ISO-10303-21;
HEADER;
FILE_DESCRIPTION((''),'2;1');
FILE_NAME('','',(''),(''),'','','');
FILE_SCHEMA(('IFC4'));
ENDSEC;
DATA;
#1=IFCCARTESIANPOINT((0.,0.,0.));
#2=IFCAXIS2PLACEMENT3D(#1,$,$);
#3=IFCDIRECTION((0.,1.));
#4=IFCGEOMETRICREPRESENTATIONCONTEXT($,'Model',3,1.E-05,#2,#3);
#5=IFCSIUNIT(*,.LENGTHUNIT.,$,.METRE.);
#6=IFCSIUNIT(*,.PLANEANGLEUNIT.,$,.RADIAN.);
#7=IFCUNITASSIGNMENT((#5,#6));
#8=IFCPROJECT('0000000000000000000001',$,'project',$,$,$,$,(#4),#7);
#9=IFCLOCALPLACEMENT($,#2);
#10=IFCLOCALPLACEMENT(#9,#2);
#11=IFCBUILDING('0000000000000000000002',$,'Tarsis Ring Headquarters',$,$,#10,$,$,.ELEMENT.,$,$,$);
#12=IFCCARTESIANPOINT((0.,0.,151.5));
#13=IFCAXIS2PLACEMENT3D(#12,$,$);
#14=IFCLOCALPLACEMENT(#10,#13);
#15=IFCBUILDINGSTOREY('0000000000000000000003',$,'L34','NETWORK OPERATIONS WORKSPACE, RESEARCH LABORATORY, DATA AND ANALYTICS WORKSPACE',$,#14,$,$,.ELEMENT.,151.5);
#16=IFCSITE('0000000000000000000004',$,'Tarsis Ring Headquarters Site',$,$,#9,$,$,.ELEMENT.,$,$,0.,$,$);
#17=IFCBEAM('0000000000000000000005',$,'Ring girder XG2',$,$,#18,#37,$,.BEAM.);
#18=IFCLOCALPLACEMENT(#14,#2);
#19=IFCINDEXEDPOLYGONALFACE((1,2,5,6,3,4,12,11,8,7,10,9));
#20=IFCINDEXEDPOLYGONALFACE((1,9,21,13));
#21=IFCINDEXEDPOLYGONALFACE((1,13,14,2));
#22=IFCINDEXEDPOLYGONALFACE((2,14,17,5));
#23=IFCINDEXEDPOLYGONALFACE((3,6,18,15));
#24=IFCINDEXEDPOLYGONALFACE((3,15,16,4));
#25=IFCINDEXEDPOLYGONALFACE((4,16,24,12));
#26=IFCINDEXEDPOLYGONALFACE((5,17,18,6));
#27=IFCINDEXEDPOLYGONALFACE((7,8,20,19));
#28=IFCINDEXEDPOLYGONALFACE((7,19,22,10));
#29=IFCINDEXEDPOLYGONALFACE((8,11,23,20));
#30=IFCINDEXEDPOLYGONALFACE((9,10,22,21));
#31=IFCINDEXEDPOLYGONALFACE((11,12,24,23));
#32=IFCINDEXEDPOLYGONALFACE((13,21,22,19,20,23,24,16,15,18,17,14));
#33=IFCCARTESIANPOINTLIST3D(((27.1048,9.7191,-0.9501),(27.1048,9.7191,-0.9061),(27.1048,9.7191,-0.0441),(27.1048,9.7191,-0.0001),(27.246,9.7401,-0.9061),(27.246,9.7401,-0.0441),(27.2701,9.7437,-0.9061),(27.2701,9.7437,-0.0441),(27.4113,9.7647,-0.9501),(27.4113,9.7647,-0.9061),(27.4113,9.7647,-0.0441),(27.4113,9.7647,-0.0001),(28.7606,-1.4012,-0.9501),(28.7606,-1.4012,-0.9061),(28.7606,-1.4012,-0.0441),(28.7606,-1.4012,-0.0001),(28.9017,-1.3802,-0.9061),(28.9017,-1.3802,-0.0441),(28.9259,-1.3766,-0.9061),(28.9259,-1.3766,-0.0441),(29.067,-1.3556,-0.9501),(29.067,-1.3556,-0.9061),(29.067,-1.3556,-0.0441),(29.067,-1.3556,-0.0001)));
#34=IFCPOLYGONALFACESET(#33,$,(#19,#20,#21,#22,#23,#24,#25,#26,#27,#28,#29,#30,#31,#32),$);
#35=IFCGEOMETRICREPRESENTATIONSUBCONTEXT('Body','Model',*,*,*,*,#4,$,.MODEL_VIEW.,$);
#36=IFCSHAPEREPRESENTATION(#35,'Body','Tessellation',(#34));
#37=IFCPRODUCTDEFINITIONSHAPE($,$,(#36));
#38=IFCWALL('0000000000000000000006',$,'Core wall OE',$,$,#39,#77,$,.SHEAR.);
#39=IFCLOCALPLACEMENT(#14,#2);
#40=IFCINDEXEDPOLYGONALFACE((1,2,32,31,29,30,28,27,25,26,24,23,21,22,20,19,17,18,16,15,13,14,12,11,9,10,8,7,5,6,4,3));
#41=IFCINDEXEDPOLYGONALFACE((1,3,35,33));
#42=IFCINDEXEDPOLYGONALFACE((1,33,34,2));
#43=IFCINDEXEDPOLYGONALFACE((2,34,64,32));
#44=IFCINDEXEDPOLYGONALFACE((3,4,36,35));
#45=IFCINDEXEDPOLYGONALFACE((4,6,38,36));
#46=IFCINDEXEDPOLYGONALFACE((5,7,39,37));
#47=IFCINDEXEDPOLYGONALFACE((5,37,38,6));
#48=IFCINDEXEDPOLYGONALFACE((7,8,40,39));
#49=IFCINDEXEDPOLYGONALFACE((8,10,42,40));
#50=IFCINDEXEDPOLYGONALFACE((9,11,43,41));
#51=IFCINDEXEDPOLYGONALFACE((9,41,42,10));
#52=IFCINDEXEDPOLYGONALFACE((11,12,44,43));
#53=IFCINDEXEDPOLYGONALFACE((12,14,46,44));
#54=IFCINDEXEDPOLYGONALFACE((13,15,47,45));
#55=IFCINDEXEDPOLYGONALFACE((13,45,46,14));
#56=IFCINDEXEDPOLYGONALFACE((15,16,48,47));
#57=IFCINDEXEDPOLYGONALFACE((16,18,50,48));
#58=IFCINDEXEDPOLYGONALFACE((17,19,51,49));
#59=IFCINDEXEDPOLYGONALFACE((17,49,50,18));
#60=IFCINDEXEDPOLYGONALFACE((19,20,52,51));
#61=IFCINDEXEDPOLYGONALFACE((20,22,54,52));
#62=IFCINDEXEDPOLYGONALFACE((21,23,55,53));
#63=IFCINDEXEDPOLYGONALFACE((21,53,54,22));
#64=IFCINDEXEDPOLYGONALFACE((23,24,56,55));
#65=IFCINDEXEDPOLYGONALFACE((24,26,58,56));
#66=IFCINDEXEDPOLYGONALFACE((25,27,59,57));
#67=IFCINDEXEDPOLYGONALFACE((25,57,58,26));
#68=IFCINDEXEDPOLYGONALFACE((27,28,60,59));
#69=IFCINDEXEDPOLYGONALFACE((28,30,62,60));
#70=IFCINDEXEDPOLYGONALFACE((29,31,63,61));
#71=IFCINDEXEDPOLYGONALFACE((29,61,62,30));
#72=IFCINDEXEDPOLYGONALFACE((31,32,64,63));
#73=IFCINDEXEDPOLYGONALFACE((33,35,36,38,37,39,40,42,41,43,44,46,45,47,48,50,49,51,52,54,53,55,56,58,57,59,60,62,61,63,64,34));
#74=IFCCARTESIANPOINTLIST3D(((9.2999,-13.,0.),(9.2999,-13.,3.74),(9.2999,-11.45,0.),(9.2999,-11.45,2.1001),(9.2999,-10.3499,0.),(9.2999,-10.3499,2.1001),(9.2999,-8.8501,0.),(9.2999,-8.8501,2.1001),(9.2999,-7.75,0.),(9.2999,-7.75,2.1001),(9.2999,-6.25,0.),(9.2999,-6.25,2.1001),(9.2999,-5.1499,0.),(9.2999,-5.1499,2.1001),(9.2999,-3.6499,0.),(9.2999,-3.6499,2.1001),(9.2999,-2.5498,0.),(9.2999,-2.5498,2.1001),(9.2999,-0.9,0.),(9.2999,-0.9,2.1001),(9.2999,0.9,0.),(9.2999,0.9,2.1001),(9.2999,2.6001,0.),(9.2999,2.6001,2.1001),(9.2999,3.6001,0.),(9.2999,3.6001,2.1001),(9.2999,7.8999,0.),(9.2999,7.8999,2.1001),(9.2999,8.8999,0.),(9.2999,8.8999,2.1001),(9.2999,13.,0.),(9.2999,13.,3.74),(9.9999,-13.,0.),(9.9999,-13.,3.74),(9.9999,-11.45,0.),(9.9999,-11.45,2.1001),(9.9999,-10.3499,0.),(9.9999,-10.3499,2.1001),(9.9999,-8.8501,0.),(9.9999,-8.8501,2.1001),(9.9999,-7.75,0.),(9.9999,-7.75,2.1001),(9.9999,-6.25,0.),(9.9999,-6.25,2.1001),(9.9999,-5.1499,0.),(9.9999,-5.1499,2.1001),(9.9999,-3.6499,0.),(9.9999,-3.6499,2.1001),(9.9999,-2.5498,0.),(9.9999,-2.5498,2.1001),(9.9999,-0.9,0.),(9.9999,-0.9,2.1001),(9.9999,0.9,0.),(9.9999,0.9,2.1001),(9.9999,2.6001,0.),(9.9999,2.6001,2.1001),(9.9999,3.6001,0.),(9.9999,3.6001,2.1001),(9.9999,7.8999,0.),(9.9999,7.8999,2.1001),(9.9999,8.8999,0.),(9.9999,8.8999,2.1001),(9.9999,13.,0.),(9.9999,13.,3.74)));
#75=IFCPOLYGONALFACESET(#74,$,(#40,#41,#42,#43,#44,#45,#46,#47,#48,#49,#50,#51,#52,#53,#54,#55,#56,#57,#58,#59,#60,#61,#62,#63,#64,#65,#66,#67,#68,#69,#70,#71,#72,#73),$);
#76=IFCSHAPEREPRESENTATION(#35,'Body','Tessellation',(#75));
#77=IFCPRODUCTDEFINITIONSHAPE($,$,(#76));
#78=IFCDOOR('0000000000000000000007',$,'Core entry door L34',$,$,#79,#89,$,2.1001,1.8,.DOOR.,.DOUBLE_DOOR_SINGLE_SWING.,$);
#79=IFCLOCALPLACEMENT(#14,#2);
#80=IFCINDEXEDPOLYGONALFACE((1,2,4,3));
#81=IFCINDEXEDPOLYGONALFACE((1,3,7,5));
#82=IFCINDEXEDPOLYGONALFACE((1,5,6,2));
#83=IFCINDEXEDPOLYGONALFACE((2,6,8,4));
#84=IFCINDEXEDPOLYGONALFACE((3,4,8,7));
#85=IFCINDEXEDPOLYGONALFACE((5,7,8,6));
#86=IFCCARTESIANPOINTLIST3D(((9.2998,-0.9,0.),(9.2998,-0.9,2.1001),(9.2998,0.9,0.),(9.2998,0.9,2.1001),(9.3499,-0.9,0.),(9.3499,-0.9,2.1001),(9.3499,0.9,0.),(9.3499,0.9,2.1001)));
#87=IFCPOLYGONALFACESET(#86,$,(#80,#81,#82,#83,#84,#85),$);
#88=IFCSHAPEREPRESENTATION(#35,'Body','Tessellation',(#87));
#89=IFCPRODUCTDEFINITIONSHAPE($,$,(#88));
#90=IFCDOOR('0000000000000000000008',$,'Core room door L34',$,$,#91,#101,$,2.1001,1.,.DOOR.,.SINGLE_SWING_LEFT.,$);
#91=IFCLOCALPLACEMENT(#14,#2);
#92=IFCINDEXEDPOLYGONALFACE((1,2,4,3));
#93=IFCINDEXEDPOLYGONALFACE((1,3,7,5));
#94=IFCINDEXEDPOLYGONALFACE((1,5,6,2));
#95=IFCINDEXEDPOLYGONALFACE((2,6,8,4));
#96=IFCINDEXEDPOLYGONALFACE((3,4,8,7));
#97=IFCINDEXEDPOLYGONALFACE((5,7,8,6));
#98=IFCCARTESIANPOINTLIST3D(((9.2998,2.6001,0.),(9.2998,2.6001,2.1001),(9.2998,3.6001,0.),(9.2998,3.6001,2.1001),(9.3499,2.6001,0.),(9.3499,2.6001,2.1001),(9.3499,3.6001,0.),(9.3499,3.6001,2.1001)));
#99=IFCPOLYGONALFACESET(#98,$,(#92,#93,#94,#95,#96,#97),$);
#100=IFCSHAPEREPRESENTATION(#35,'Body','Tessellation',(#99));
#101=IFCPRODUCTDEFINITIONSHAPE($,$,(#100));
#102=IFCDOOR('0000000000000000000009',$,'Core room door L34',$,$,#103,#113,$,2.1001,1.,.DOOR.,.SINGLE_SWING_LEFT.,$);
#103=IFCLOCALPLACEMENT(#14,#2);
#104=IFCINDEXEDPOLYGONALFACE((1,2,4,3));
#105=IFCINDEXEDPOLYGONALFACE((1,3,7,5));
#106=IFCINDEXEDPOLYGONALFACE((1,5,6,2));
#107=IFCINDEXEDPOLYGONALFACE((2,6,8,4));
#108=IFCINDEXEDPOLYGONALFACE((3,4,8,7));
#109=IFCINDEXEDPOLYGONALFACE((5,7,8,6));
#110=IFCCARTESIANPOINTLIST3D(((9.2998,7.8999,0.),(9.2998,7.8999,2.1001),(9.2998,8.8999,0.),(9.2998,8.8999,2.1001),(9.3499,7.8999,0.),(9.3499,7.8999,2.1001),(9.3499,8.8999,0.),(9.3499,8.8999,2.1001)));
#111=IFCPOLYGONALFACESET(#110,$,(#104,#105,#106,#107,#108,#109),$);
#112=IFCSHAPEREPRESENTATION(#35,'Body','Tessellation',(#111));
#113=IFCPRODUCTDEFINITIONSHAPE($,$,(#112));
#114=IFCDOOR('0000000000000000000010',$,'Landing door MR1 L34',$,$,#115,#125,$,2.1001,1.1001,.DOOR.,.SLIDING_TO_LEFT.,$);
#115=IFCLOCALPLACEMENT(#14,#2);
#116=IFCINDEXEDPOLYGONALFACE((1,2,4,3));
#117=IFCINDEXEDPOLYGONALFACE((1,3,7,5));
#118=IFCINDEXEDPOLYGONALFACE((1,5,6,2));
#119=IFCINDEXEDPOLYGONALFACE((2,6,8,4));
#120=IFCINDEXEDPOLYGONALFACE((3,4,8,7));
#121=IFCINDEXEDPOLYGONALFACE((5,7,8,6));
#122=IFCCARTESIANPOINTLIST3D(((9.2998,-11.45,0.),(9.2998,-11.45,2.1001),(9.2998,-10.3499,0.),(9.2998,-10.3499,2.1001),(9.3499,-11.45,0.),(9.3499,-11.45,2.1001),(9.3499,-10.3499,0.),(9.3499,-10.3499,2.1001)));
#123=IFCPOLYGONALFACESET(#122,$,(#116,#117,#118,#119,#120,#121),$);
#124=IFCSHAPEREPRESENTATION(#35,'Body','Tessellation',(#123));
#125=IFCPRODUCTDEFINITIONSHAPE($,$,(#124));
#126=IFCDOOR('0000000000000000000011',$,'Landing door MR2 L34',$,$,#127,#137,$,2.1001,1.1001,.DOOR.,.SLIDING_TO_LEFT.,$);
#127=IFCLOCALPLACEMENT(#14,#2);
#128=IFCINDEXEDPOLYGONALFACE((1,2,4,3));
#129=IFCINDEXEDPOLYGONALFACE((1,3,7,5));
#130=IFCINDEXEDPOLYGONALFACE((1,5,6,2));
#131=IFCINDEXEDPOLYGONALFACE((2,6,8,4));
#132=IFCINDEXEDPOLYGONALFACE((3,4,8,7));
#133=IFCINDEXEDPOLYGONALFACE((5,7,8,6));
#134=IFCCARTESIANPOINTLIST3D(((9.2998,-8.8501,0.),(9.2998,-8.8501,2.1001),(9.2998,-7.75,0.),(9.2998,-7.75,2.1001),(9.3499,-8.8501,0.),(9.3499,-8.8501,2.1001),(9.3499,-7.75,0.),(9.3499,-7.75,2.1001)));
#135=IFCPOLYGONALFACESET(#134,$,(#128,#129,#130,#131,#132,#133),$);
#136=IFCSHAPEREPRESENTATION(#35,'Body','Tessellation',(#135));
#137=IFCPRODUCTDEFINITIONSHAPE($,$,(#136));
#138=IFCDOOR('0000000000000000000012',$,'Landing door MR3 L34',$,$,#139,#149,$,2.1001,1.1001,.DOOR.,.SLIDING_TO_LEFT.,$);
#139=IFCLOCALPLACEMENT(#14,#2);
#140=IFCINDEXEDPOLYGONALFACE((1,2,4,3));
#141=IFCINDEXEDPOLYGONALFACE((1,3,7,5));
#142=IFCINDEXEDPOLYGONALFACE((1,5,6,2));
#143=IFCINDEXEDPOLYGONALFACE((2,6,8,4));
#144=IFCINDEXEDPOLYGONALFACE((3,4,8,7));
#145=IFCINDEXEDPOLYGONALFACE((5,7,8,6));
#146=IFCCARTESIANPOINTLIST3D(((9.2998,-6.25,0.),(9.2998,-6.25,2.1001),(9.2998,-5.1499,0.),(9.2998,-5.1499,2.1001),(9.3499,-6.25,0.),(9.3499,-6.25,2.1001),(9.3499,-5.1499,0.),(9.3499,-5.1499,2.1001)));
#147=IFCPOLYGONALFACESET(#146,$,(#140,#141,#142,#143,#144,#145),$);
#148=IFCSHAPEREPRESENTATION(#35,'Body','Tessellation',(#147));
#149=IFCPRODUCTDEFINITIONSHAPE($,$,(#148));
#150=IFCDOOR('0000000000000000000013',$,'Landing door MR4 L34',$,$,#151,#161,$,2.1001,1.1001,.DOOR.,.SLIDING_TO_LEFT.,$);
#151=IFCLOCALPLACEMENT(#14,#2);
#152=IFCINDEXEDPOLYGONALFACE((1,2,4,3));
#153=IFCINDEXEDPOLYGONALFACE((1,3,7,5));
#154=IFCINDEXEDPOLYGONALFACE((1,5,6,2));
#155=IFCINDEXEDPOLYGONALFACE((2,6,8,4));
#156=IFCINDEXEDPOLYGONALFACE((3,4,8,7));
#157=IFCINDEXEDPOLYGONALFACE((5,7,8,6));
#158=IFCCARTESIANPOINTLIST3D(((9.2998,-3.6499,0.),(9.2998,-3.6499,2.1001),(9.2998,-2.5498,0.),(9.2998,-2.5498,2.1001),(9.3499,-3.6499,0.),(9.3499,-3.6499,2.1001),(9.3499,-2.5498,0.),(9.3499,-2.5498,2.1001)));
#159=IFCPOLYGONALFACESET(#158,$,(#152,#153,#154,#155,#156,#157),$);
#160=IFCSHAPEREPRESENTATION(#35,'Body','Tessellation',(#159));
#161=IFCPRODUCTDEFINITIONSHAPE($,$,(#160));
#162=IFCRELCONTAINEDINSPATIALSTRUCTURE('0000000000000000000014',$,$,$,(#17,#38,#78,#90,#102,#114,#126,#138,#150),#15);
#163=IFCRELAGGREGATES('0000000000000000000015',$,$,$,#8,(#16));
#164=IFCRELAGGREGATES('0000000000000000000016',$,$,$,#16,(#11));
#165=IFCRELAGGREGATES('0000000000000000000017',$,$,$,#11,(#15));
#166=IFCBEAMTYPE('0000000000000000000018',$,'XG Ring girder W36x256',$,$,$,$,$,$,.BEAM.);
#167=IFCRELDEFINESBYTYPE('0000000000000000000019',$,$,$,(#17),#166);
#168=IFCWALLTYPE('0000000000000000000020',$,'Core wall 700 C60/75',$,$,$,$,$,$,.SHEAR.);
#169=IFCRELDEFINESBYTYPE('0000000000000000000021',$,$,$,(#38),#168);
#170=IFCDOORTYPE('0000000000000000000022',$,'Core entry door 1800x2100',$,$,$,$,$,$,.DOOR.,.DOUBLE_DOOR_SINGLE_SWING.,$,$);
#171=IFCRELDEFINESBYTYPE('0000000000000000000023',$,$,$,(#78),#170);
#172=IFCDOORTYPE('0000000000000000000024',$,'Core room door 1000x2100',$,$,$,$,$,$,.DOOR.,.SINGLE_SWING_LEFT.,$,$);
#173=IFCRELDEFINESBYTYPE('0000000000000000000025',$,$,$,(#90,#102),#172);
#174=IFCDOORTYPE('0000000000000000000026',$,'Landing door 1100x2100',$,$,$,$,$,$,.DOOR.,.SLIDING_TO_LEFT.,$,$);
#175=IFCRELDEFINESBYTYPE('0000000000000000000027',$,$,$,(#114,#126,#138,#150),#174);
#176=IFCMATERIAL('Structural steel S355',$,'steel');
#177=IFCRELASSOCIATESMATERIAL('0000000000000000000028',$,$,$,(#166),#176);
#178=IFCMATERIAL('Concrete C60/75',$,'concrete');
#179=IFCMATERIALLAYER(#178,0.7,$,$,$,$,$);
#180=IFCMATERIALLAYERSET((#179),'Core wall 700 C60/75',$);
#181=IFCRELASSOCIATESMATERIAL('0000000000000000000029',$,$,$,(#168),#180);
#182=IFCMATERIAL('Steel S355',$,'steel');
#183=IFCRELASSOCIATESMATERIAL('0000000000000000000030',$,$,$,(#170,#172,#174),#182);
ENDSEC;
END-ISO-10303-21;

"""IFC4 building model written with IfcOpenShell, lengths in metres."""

from ifc_helpers import new_model, si_unit, direction, frame, frame_2d, origin, origin_2d, place, context, subcontext, project, spatial, rectangle, i_section, extrude, material, layer, layer_set, material_profile, profile_set, type_object, element, fill, save


model = new_model("IFC4")

# Units and contexts
model_context = context("Model", 3, precision=1e-05, world=origin(), true_north=direction((0.0, 1.0)))
body_context = subcontext(model_context, "Body", "Model", "MODEL_VIEW")
ifc_project = project(units=[si_unit("LENGTHUNIT", "METRE"), si_unit("PLANEANGLEUNIT", "RADIAN")], contexts=[model_context])

# Site, building, storey
site_placement = place(None, origin())
site = spatial("IfcSite", under=ifc_project, at=site_placement, Name="Tarsis Ring Headquarters Site", CompositionType="ELEMENT", RefElevation=0.0)
building_placement = place(site_placement, origin())
building = spatial("IfcBuilding", under=site, at=building_placement, Name="Tarsis Ring Headquarters", CompositionType="ELEMENT")
storey_placement = place(building_placement, frame((0.0, 0.0, 151.5)))
storey = spatial("IfcBuildingStorey", under=building, at=storey_placement, Name="L34", Description="NETWORK OPERATIONS WORKSPACE, RESEARCH LABORATORY, DATA AND ANALYTICS WORKSPACE", CompositionType="ELEMENT", Elevation=151.5)

# Shared definitions
ifc_material_1 = material(Name="Structural steel S355", Category="steel")

# Beam
ifc_material_profile_1 = material_profile(ifc_material_1, i_section(OverallWidth=0.3098, OverallDepth=0.95, WebThickness=0.0244, FlangeThickness=0.0439, at=origin_2d()), Name="W36x256")
ifc_profile_set_1 = profile_set([ifc_material_profile_1], Name="Structural steel S355")
beam_type_1 = type_object("IfcBeamType", Name="XG Ring girder W36x256", PredefinedType="BEAM", material=ifc_profile_set_1)
for number, where, z_axis, x_axis, name in (
    (1, (28.9138, -1.3784, -0.4751), (-0.147271, 0.989096, 0.0), (-0.989096, -0.147271, 0.0), "Ring girder XG2"),
):
    element("IfcBeam", number, at=place(storey_placement, frame(where, z_axis=z_axis, x_axis=x_axis)), inside=storey, type_object=beam_type_1, Name=name, PredefinedType="BEAM", context=body_context, shape_type="SweptSolid", body=[
        extrude(i_section(OverallWidth=0.3098, OverallDepth=0.95, WebThickness=0.0244, FlangeThickness=0.0439, at=origin_2d()), origin(), (0.0, 0.0, 1.0), 11.2429),
    ])

# Wall, openings, doors
ifc_material_2 = material(Name="Concrete C60/75", Category="concrete")
ifc_layer_1 = layer(ifc_material_2, 0.7)
ifc_layer_set_1 = layer_set([ifc_layer_1], Name="Core wall 700 C60/75")
wall_type_1 = type_object("IfcWallType", Name="Core wall 700 C60/75", PredefinedType="SHEAR", material=ifc_layer_set_1)
wall_1_placement = place(storey_placement, frame((9.6499, -13.0, 0.0), z_axis=(0.0, 0.0, 1.0), x_axis=(0.0, 1.0, 0.0)))
wall_1 = element("IfcWall", 2, at=wall_1_placement, inside=storey, type_object=wall_type_1, Name="Core wall OE", PredefinedType="SHEAR", context=body_context, shape_type="SweptSolid", body=[
    extrude(rectangle(XDim=26.0, YDim=0.7, at=frame_2d((13.0, 0.0))), origin(), (0.0, 0.0, 1.0), 3.74),
])
opening_1_placement = place(wall_1_placement, frame((1.55, 0.0, 0.0)))
opening_1 = element("IfcOpeningElement", 3, at=opening_1_placement, cuts=wall_1, PredefinedType="OPENING", context=body_context, shape_type="SweptSolid", body=[
    extrude(rectangle(XDim=1.1001, YDim=2.1001, at=frame_2d((0.55, 1.05))), frame((0.0, 0.3599, 0.0), z_axis=(0.0, -1.0, 0.0), x_axis=(1.0, 0.0, 0.0)), (0.0, 0.0, 1.0), 0.72),
])
opening_2_placement = place(wall_1_placement, frame((4.1499, 0.0, 0.0)))
opening_2 = element("IfcOpeningElement", 4, at=opening_2_placement, cuts=wall_1, PredefinedType="OPENING", context=body_context, shape_type="SweptSolid", body=[
    extrude(rectangle(XDim=1.1001, YDim=2.1001, at=frame_2d((0.55, 1.05))), frame((0.0, 0.3599, 0.0), z_axis=(0.0, -1.0, 0.0), x_axis=(1.0, 0.0, 0.0)), (0.0, 0.0, 1.0), 0.72),
])
opening_3_placement = place(wall_1_placement, frame((6.75, 0.0, 0.0)))
opening_3 = element("IfcOpeningElement", 5, at=opening_3_placement, cuts=wall_1, PredefinedType="OPENING", context=body_context, shape_type="SweptSolid", body=[
    extrude(rectangle(XDim=1.1001, YDim=2.1001, at=frame_2d((0.55, 1.05))), frame((0.0, 0.3599, 0.0), z_axis=(0.0, -1.0, 0.0), x_axis=(1.0, 0.0, 0.0)), (0.0, 0.0, 1.0), 0.72),
])
opening_4_placement = place(wall_1_placement, frame((9.3501, 0.0, 0.0)))
opening_4 = element("IfcOpeningElement", 6, at=opening_4_placement, cuts=wall_1, PredefinedType="OPENING", context=body_context, shape_type="SweptSolid", body=[
    extrude(rectangle(XDim=1.1001, YDim=2.1001, at=frame_2d((0.55, 1.05))), frame((0.0, 0.3599, 0.0), z_axis=(0.0, -1.0, 0.0), x_axis=(1.0, 0.0, 0.0)), (0.0, 0.0, 1.0), 0.72),
])
opening_5_placement = place(wall_1_placement, frame((12.1001, 0.0, 0.0)))
opening_5 = element("IfcOpeningElement", 7, at=opening_5_placement, cuts=wall_1, PredefinedType="OPENING", context=body_context, shape_type="SweptSolid", body=[
    extrude(rectangle(XDim=1.8, YDim=2.1001, at=frame_2d((0.8999, 1.05))), frame((0.0, 0.3599, 0.0), z_axis=(0.0, -1.0, 0.0), x_axis=(1.0, 0.0, 0.0)), (0.0, 0.0, 1.0), 0.72),
])
opening_6_placement = place(wall_1_placement, frame((15.6001, 0.0, 0.0)))
opening_6 = element("IfcOpeningElement", 8, at=opening_6_placement, cuts=wall_1, PredefinedType="OPENING", context=body_context, shape_type="SweptSolid", body=[
    extrude(rectangle(XDim=1.0, YDim=2.1001, at=frame_2d((0.5, 1.05))), frame((0.0, 0.3599, 0.0), z_axis=(0.0, -1.0, 0.0), x_axis=(1.0, 0.0, 0.0)), (0.0, 0.0, 1.0), 0.72),
])
opening_7_placement = place(wall_1_placement, frame((20.8999, 0.0, 0.0)))
opening_7 = element("IfcOpeningElement", 9, at=opening_7_placement, cuts=wall_1, PredefinedType="OPENING", context=body_context, shape_type="SweptSolid", body=[
    extrude(rectangle(XDim=1.0, YDim=2.1001, at=frame_2d((0.5, 1.05))), frame((0.0, 0.3599, 0.0), z_axis=(0.0, -1.0, 0.0), x_axis=(1.0, 0.0, 0.0)), (0.0, 0.0, 1.0), 0.72),
])
ifc_material_3 = material(Name="Steel S355", Category="steel")
door_type_1 = type_object("IfcDoorType", Name="Core entry door 1800x2100", OperationType="DOUBLE_DOOR_SINGLE_SWING", PredefinedType="DOOR", material=ifc_material_3)
door_1_placement = place(opening_5_placement, origin())
door_1 = element("IfcDoor", 10, at=door_1_placement, inside=storey, type_object=door_type_1, Name="Core entry door L34", OperationType="DOUBLE_DOOR_SINGLE_SWING", OverallHeight=2.1001, OverallWidth=1.8, PredefinedType="DOOR", context=body_context, shape_type="SweptSolid", body=[
    extrude(rectangle(XDim=1.8, YDim=2.1001, at=frame_2d((0.8999, 1.05))), frame((0.0, 0.3501, 0.0), z_axis=(0.0, -1.0, 0.0), x_axis=(1.0, 0.0, 0.0)), (0.0, 0.0, 1.0), 0.05),
])
fill(opening_5, door_1)
door_type_2 = type_object("IfcDoorType", Name="Core room door 1000x2100", OperationType="SINGLE_SWING_LEFT", PredefinedType="DOOR", material=ifc_material_3)
door_2_placement = place(opening_6_placement, origin())
door_2 = element("IfcDoor", 11, at=door_2_placement, inside=storey, type_object=door_type_2, Name="Core room door L34", OperationType="SINGLE_SWING_LEFT", OverallHeight=2.1001, OverallWidth=1.0, PredefinedType="DOOR", context=body_context, shape_type="SweptSolid", body=[
    extrude(rectangle(XDim=1.0, YDim=2.1001, at=frame_2d((0.5, 1.05))), frame((0.0, 0.3501, 0.0), z_axis=(0.0, -1.0, 0.0), x_axis=(1.0, 0.0, 0.0)), (0.0, 0.0, 1.0), 0.05),
])
fill(opening_6, door_2)
door_3_placement = place(opening_7_placement, origin())
door_3 = element("IfcDoor", 12, at=door_3_placement, inside=storey, type_object=door_type_2, Name="Core room door L34", OperationType="SINGLE_SWING_LEFT", OverallHeight=2.1001, OverallWidth=1.0, PredefinedType="DOOR", context=body_context, shape_type="SweptSolid", body=[
    extrude(rectangle(XDim=1.0, YDim=2.1001, at=frame_2d((0.5, 1.05))), frame((0.0, 0.3501, 0.0), z_axis=(0.0, -1.0, 0.0), x_axis=(1.0, 0.0, 0.0)), (0.0, 0.0, 1.0), 0.05),
])
fill(opening_7, door_3)
door_type_3 = type_object("IfcDoorType", Name="Landing door 1100x2100", OperationType="SLIDING_TO_LEFT", PredefinedType="DOOR", material=ifc_material_3)
door_4_placement = place(opening_1_placement, origin())
door_4 = element("IfcDoor", 13, at=door_4_placement, inside=storey, type_object=door_type_3, Name="Landing door MR1 L34", OperationType="SLIDING_TO_LEFT", OverallHeight=2.1001, OverallWidth=1.1001, PredefinedType="DOOR", context=body_context, shape_type="SweptSolid", body=[
    extrude(rectangle(XDim=1.1001, YDim=2.1001, at=frame_2d((0.55, 1.05))), frame((0.0, 0.3501, 0.0), z_axis=(0.0, -1.0, 0.0), x_axis=(1.0, 0.0, 0.0)), (0.0, 0.0, 1.0), 0.05),
])
fill(opening_1, door_4)
door_5_placement = place(opening_2_placement, origin())
door_5 = element("IfcDoor", 14, at=door_5_placement, inside=storey, type_object=door_type_3, Name="Landing door MR2 L34", OperationType="SLIDING_TO_LEFT", OverallHeight=2.1001, OverallWidth=1.1001, PredefinedType="DOOR", context=body_context, shape_type="SweptSolid", body=[
    extrude(rectangle(XDim=1.1001, YDim=2.1001, at=frame_2d((0.55, 1.05))), frame((0.0, 0.3501, 0.0), z_axis=(0.0, -1.0, 0.0), x_axis=(1.0, 0.0, 0.0)), (0.0, 0.0, 1.0), 0.05),
])
fill(opening_2, door_5)
door_6_placement = place(opening_3_placement, origin())
door_6 = element("IfcDoor", 15, at=door_6_placement, inside=storey, type_object=door_type_3, Name="Landing door MR3 L34", OperationType="SLIDING_TO_LEFT", OverallHeight=2.1001, OverallWidth=1.1001, PredefinedType="DOOR", context=body_context, shape_type="SweptSolid", body=[
    extrude(rectangle(XDim=1.1001, YDim=2.1001, at=frame_2d((0.55, 1.05))), frame((0.0, 0.3501, 0.0), z_axis=(0.0, -1.0, 0.0), x_axis=(1.0, 0.0, 0.0)), (0.0, 0.0, 1.0), 0.05),
])
fill(opening_3, door_6)
door_7_placement = place(opening_4_placement, origin())
door_7 = element("IfcDoor", 16, at=door_7_placement, inside=storey, type_object=door_type_3, Name="Landing door MR4 L34", OperationType="SLIDING_TO_LEFT", OverallHeight=2.1001, OverallWidth=1.1001, PredefinedType="DOOR", context=body_context, shape_type="SweptSolid", body=[
    extrude(rectangle(XDim=1.1001, YDim=2.1001, at=frame_2d((0.55, 1.05))), frame((0.0, 0.3501, 0.0), z_axis=(0.0, -1.0, 0.0), x_axis=(1.0, 0.0, 0.0)), (0.0, 0.0, 1.0), 0.05),
])
fill(opening_4, door_7)

save(model, "model.ifc")
